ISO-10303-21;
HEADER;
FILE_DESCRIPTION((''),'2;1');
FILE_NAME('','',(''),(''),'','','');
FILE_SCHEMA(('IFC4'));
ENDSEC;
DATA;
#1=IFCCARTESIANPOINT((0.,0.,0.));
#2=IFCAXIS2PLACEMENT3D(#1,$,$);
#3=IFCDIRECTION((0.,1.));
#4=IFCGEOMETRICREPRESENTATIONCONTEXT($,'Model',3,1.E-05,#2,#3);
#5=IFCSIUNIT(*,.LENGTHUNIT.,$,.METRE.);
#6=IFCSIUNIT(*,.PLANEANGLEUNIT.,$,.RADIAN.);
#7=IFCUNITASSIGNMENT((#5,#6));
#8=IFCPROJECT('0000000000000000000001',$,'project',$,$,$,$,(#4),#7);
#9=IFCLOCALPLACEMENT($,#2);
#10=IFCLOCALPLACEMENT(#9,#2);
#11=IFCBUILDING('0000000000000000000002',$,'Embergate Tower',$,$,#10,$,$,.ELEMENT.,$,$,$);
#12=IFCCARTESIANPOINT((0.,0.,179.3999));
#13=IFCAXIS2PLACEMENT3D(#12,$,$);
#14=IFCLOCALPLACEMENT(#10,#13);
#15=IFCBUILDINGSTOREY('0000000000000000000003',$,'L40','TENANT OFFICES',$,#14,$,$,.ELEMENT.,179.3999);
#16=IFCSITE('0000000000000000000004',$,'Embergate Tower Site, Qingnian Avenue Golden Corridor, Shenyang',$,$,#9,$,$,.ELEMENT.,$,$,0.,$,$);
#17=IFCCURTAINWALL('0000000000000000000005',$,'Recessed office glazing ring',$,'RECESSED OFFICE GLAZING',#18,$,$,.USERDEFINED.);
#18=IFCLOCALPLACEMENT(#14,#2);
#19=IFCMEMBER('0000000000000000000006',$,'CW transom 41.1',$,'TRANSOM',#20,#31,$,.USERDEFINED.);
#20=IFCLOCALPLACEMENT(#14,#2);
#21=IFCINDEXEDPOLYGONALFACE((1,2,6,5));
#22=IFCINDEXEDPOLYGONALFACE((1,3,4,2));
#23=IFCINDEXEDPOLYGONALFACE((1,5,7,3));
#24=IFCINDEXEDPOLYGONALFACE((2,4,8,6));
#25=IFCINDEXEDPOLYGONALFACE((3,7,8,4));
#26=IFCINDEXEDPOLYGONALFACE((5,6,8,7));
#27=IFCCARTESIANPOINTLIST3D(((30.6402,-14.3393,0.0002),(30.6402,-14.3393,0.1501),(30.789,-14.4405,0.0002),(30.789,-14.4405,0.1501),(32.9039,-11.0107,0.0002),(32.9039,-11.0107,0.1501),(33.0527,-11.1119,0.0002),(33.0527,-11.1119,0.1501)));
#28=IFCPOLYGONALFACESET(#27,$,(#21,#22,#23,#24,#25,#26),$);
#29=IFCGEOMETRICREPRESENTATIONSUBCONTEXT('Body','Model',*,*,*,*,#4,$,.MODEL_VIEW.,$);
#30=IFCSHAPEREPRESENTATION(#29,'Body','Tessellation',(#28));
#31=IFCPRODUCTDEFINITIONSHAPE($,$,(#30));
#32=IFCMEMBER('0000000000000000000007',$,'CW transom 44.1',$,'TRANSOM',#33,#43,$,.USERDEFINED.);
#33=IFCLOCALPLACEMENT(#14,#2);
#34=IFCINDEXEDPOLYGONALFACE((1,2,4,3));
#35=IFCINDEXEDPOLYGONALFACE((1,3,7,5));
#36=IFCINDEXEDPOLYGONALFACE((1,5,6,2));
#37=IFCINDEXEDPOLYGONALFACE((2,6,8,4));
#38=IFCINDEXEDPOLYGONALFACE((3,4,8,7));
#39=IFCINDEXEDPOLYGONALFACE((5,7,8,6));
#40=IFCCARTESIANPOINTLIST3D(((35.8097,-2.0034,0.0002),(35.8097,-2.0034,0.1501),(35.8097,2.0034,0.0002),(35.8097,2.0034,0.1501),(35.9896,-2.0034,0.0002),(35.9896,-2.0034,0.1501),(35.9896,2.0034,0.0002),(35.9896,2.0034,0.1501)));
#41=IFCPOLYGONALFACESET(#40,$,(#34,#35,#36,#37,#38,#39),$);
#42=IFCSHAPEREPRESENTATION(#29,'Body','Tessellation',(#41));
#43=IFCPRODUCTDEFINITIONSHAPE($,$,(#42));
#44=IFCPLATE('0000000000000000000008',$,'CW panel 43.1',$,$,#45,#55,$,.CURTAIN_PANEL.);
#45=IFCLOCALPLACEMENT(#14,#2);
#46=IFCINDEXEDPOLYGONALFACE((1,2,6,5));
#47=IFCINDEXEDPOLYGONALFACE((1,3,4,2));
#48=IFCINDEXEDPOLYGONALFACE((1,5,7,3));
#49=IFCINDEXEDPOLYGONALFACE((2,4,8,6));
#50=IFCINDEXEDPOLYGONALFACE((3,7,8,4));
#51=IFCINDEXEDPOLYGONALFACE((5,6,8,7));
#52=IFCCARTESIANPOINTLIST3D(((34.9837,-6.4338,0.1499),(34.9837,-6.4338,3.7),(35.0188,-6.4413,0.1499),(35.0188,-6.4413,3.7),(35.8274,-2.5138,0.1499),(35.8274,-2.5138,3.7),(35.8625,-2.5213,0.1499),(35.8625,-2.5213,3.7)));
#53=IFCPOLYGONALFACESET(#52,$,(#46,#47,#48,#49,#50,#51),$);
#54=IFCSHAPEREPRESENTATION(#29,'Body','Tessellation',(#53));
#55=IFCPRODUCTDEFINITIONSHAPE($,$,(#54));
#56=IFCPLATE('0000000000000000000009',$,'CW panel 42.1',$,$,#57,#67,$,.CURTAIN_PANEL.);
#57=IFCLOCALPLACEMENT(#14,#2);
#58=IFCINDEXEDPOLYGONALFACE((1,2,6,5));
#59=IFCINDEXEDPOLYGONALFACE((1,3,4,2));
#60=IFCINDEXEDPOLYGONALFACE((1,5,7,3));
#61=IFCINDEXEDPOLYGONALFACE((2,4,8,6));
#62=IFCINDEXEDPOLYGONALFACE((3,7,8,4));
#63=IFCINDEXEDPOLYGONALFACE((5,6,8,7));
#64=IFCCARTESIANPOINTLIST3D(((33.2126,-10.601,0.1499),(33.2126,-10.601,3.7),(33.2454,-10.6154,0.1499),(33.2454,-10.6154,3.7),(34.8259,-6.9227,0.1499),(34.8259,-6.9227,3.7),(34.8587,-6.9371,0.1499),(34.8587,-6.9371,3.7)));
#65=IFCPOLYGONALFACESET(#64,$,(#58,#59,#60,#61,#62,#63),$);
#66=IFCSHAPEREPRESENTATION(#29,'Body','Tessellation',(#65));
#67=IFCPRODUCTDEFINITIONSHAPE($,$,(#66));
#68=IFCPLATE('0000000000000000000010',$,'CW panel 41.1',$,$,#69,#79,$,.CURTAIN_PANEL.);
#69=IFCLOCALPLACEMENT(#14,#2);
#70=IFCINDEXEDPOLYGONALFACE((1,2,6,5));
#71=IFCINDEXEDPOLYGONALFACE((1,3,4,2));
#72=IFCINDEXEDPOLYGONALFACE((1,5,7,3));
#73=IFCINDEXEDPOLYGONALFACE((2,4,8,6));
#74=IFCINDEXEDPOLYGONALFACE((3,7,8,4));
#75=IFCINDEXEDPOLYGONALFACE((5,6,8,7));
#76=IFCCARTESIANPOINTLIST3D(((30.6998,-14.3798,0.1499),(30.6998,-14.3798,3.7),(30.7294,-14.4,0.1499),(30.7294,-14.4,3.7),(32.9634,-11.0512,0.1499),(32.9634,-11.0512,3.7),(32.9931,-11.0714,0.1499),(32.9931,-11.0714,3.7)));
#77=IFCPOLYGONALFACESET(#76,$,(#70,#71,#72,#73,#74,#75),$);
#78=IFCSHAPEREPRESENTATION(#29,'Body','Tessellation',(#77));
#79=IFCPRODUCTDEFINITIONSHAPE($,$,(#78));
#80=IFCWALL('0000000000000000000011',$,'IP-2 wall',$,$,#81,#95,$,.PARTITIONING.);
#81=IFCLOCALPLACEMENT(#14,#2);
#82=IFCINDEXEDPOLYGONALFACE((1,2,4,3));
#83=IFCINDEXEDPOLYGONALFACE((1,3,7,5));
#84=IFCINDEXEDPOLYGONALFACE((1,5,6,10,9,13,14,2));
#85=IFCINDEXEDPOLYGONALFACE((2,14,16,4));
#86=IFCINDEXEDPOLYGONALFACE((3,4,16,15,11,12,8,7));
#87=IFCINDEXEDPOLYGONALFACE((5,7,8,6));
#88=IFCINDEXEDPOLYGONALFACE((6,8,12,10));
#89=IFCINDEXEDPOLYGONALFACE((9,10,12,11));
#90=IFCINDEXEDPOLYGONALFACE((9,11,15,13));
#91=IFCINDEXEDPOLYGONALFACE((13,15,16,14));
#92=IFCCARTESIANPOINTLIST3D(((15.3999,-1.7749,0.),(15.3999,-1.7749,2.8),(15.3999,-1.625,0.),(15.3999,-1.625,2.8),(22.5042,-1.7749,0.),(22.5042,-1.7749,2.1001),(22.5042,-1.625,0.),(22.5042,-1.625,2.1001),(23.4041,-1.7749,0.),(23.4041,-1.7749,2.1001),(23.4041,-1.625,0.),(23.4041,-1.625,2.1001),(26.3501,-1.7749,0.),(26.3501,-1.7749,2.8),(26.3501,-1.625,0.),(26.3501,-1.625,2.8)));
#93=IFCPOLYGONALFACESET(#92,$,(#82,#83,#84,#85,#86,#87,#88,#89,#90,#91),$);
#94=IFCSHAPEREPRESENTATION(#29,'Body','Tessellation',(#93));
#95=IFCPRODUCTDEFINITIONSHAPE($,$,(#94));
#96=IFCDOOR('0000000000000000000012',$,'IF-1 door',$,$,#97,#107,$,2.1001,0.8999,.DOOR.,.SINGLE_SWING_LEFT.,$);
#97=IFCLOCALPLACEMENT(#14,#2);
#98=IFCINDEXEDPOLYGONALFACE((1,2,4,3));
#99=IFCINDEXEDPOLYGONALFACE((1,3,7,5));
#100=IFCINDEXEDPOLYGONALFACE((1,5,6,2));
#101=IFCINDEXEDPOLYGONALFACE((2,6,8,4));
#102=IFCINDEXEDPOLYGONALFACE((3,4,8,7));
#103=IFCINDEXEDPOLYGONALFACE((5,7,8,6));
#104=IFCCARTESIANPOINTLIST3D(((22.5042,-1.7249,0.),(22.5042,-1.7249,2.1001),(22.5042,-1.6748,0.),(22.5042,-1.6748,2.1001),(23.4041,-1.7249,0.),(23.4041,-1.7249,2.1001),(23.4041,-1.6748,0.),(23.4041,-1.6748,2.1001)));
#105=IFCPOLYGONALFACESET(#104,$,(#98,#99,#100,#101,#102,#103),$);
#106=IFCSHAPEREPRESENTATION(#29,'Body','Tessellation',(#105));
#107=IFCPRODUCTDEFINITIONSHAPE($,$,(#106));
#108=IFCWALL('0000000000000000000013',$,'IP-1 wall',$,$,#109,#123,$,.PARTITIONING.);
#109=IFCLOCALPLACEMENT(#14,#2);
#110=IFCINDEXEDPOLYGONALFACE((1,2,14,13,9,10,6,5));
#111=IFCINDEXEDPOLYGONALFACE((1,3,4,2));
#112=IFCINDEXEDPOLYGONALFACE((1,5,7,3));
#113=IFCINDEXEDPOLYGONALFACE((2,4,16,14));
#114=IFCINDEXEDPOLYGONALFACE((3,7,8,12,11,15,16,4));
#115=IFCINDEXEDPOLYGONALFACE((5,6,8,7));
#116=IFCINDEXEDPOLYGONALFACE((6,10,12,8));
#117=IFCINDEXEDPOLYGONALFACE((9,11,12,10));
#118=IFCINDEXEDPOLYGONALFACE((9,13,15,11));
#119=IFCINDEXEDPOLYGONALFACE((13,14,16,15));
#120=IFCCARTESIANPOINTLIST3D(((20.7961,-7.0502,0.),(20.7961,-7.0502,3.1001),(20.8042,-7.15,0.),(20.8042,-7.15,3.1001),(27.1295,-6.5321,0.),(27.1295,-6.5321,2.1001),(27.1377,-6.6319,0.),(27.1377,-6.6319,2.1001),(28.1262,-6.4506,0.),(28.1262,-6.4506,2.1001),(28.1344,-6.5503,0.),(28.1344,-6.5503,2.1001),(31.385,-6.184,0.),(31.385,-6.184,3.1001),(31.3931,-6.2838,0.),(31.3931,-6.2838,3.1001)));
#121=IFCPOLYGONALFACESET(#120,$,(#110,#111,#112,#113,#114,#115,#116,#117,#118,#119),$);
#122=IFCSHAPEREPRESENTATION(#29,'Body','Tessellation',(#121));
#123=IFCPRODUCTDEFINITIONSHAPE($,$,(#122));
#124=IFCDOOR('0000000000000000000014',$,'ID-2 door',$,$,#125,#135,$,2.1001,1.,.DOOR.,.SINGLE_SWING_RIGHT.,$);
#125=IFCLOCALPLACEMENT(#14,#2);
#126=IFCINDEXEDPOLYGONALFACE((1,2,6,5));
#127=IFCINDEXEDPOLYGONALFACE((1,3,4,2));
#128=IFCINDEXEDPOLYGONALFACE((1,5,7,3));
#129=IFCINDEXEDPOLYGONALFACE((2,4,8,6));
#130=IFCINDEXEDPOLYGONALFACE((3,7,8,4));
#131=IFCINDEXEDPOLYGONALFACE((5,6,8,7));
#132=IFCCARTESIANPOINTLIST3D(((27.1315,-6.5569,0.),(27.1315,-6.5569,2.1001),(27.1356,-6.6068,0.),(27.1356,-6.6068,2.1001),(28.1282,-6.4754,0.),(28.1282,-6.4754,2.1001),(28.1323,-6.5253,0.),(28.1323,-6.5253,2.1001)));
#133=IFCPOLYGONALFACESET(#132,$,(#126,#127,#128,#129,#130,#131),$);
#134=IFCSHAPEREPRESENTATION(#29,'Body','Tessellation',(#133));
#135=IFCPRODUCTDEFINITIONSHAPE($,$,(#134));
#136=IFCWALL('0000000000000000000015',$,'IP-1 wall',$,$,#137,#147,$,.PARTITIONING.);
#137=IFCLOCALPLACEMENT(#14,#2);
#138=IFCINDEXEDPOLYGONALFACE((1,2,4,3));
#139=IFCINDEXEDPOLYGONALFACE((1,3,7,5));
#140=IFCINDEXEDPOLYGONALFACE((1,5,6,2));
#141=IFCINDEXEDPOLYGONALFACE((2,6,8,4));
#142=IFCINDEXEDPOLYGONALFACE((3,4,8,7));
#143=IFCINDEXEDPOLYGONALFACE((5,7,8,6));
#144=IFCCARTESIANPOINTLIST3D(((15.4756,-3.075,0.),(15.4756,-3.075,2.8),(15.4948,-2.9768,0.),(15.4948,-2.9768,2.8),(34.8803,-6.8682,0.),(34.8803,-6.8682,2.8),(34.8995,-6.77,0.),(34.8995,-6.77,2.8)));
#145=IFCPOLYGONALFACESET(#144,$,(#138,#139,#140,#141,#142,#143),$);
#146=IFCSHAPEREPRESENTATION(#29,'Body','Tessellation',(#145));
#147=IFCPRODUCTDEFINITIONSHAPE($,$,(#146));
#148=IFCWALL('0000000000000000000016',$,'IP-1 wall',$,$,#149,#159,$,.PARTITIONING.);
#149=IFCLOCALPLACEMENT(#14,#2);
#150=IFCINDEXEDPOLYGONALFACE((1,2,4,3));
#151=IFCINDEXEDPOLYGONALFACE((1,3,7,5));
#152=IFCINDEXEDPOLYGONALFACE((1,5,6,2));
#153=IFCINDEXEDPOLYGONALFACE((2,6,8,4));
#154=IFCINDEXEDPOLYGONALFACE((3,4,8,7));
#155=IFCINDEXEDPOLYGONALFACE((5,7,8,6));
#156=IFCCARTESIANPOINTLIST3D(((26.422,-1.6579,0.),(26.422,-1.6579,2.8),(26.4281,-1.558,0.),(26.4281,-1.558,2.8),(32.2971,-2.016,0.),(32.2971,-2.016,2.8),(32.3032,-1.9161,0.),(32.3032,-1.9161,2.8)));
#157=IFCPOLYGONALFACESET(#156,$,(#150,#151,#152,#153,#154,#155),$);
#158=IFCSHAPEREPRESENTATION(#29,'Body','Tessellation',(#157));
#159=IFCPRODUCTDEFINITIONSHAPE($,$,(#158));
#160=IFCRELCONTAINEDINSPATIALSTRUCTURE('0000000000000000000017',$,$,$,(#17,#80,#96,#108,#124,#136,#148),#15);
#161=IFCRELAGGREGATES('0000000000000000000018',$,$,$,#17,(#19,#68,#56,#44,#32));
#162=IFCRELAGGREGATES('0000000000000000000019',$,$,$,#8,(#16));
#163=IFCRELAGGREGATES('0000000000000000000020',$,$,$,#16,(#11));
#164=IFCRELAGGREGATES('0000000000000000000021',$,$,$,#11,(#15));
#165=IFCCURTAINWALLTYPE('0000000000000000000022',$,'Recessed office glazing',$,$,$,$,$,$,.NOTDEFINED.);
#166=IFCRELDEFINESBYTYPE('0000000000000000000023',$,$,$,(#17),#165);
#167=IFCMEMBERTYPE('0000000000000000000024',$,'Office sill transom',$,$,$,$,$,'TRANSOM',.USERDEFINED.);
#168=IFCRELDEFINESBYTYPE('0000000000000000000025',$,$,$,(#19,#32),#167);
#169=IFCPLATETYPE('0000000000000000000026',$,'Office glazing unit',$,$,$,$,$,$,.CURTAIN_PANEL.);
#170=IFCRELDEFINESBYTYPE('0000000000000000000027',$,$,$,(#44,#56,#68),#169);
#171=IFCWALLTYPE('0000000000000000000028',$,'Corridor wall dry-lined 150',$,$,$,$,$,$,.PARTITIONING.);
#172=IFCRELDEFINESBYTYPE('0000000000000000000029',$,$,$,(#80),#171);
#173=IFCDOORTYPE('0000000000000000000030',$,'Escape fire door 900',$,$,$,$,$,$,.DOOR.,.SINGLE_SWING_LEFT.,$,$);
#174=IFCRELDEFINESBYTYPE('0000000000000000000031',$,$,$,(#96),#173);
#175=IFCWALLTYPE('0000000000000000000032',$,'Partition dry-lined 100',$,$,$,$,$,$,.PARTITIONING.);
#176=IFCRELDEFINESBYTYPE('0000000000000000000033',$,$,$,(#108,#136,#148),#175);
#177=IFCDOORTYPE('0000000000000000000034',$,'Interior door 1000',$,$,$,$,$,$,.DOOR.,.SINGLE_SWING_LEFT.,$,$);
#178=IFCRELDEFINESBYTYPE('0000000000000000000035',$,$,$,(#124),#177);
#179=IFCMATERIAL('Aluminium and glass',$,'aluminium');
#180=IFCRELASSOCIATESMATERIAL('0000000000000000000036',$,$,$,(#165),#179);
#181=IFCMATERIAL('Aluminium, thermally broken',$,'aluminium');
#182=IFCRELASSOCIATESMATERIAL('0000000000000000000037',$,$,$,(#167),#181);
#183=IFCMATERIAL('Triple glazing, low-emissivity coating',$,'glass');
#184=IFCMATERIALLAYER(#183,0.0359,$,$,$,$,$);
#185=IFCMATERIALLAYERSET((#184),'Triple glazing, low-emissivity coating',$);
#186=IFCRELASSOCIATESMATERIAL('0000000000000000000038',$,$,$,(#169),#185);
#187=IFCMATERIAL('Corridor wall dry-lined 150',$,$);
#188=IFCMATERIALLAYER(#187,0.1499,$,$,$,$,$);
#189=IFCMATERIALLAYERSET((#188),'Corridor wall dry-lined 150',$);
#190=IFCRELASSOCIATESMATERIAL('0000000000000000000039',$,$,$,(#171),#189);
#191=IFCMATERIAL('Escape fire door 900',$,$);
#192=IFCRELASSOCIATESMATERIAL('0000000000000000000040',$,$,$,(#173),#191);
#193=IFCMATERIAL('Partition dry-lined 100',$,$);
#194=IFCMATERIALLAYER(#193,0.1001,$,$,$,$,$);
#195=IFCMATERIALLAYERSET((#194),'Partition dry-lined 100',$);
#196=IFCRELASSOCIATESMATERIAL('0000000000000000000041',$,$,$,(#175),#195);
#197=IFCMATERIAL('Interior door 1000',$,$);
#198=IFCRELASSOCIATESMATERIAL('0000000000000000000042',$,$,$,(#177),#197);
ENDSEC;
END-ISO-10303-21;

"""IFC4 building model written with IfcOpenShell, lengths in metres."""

from ifc_helpers import new_model, si_unit, direction, frame, frame_2d, origin, origin_2d, place, context, subcontext, project, spatial, rectangle, extrude, source, transform, mapped, material, layer, layer_set, material_profile, profile_set, type_object, element, fill, aggregate, save


model = new_model("IFC4")

# Units and contexts
model_context = context("Model", 3, precision=1e-05, world=origin(), true_north=direction((0.0, 1.0)))
body_context = subcontext(model_context, "Body", "Model", "MODEL_VIEW")
ifc_project = project(units=[si_unit("LENGTHUNIT", "METRE"), si_unit("PLANEANGLEUNIT", "RADIAN")], contexts=[model_context])

# Site, building, storey
site_placement = place(None, origin())
site = spatial("IfcSite", under=ifc_project, at=site_placement, Name="Embergate Tower Site, Qingnian Avenue Golden Corridor, Shenyang", CompositionType="ELEMENT", RefElevation=0.0)
building_placement = place(site_placement, origin())
building = spatial("IfcBuilding", under=site, at=building_placement, Name="Embergate Tower", CompositionType="ELEMENT")
storey_placement = place(building_placement, frame((0.0, 0.0, 179.3999)))
storey = spatial("IfcBuildingStorey", under=building, at=storey_placement, Name="L40", Description="TENANT OFFICES", CompositionType="ELEMENT", Elevation=179.3999)

# Curtain wall, members, plates
ifc_material_1 = material(Name="Aluminium and glass", Category="aluminium")
curtain_wall_type = type_object("IfcCurtainWallType", Name="Recessed office glazing", PredefinedType="NOTDEFINED", material=ifc_material_1)
curtain_wall_placement = place(storey_placement, origin())
curtain_wall = element("IfcCurtainWall", 1, at=curtain_wall_placement, inside=storey, type_object=curtain_wall_type, Name="Recessed office glazing ring", ObjectType="RECESSED OFFICE GLAZING", PredefinedType="USERDEFINED")
ifc_material_2 = material(Name="Aluminium, thermally broken", Category="aluminium")
ifc_material_profile_1 = material_profile(ifc_material_2, rectangle(XDim=0.1799, YDim=0.1499, at=origin_2d()), Name="AL 150x180")
ifc_profile_set_1 = profile_set([ifc_material_profile_1], Name="Aluminium, thermally broken")
member_type_1 = type_object("IfcMemberType", Name="Office sill transom", ElementType="TRANSOM", PredefinedType="USERDEFINED", material=ifc_profile_set_1)
shared_shape_1 = source(origin(), body_context, "Body", "SweptSolid", [
    extrude(rectangle(XDim=0.1799, YDim=0.1499, at=origin_2d()), origin(), (0.0, 0.0, 1.0), 4.0254),
])
member_1_placement = place(storey_placement, frame((30.7146, -14.3899, 0.0752), z_axis=(0.562347, 0.826902, 0.0), x_axis=(-0.826902, 0.562347, 0.0)))
member_1 = element("IfcMember", 2, at=member_1_placement, type_object=member_type_1, Name="CW transom 41.1", ObjectType="TRANSOM", PredefinedType="USERDEFINED", context=body_context, shape_type="MappedRepresentation", body=[
    mapped(shared_shape_1, transform((0.0, 0.0, 0.0))),
])
shared_shape_2 = source(origin(), body_context, "Body", "SweptSolid", [
    extrude(rectangle(XDim=0.1799, YDim=0.1499, at=origin_2d()), origin(), (0.0, 0.0, 1.0), 4.0068),
])
member_2_placement = place(storey_placement, frame((35.8997, -2.0034, 0.0752), z_axis=(0.0, 1.0, 0.0), x_axis=(-1.0, 0.0, 0.0)))
member_2 = element("IfcMember", 3, at=member_2_placement, type_object=member_type_1, Name="CW transom 44.1", ObjectType="TRANSOM", PredefinedType="USERDEFINED", context=body_context, shape_type="MappedRepresentation", body=[
    mapped(shared_shape_2, transform((0.0, 0.0, 0.0))),
])
ifc_material_3 = material(Name="Triple glazing, low-emissivity coating", Category="glass")
ifc_layer_1 = layer(ifc_material_3, 0.0359)
ifc_layer_set_1 = layer_set([ifc_layer_1], Name="Triple glazing, low-emissivity coating")
plate_type = type_object("IfcPlateType", Name="Office glazing unit", PredefinedType="CURTAIN_PANEL", material=ifc_layer_set_1)
shared_shape_3 = source(origin(), body_context, "Body", "SweptSolid", [
    extrude(rectangle(XDim=4.0098, YDim=0.0359, at=origin_2d()), origin(), (0.0, 0.0, 1.0), 3.55),
])
plate_1_placement = place(storey_placement, frame((35.4231, -4.4775, 0.1499), z_axis=(0.0, 0.0, 1.0), x_axis=(0.210402, 0.977615, 0.0)))
plate_1 = element("IfcPlate", 4, at=plate_1_placement, type_object=plate_type, Name="CW panel 43.1", PredefinedType="CURTAIN_PANEL", context=body_context, shape_type="MappedRepresentation", body=[
    mapped(shared_shape_3, transform((0.0, 0.0, 0.0))),
])
shared_shape_4 = source(origin(), body_context, "Body", "SweptSolid", [
    extrude(rectangle(XDim=4.0166, YDim=0.0359, at=origin_2d()), origin(), (0.0, 0.0, 1.0), 3.55),
])
plate_2_placement = place(storey_placement, frame((34.0356, -8.769, 0.1499), z_axis=(0.0, 0.0, 1.0), x_axis=(0.401658, 0.91579, 0.0)))
plate_2 = element("IfcPlate", 5, at=plate_2_placement, type_object=plate_type, Name="CW panel 42.1", PredefinedType="CURTAIN_PANEL", context=body_context, shape_type="MappedRepresentation", body=[
    mapped(shared_shape_4, transform((0.0, 0.0, 0.0))),
])
shared_shape_5 = source(origin(), body_context, "Body", "SweptSolid", [
    extrude(rectangle(XDim=4.0254, YDim=0.0359, at=origin_2d()), origin(), (0.0, 0.0, 1.0), 3.55),
])
plate_3_placement = place(storey_placement, frame((31.8464, -12.7256, 0.1499), z_axis=(0.0, 0.0, 1.0), x_axis=(0.562348, 0.826901, 0.0)))
plate_3 = element("IfcPlate", 6, at=plate_3_placement, type_object=plate_type, Name="CW panel 41.1", PredefinedType="CURTAIN_PANEL", context=body_context, shape_type="MappedRepresentation", body=[
    mapped(shared_shape_5, transform((0.0, 0.0, 0.0))),
])
aggregate(curtain_wall, [member_1, plate_3, plate_2, plate_1, member_2])

# Walls, openings, doors
ifc_material_4 = material(Name="Corridor wall dry-lined 150")
ifc_layer_2 = layer(ifc_material_4, 0.1499)
ifc_layer_set_2 = layer_set([ifc_layer_2], Name="Corridor wall dry-lined 150")
wall_type_1 = type_object("IfcWallType", Name="Corridor wall dry-lined 150", PredefinedType="PARTITIONING", material=ifc_layer_set_2)
shared_shape_6 = source(origin(), body_context, "Body", "SweptSolid", [
    extrude(rectangle(XDim=10.9502, YDim=0.1499, at=frame_2d((5.4751, 0.0))), origin(), (0.0, 0.0, 1.0), 2.8),
])
wall_1_placement = place(storey_placement, frame((26.3501, -1.7, 0.0), z_axis=(0.0, 0.0, 1.0), x_axis=(-1.0, 0.0, 0.0)))
wall_1 = element("IfcWall", 7, at=wall_1_placement, inside=storey, type_object=wall_type_1, Name="IP-2 wall", PredefinedType="PARTITIONING", context=body_context, shape_type="MappedRepresentation", body=[
    mapped(shared_shape_6, transform((0.0, 0.0, 0.0))),
])
shared_shape_7 = source(origin(), body_context, "Body", "SweptSolid", [
    extrude(rectangle(XDim=0.8999, YDim=2.1001, at=frame_2d((0.45, 1.05))), frame((0.0, 0.085, 0.0), z_axis=(0.0, -1.0, 0.0), x_axis=(1.0, 0.0, 0.0)), (0.0, 0.0, 1.0), 0.1699),
])
opening_1_placement = place(wall_1_placement, frame((2.946, 0.0, 0.0)))
opening_1 = element("IfcOpeningElement", 8, at=opening_1_placement, cuts=wall_1, PredefinedType="OPENING", context=body_context, shape_type="MappedRepresentation", body=[
    mapped(shared_shape_7, transform((0.0, 0.0, 0.0))),
])
ifc_material_5 = material(Name="Escape fire door 900")
door_type_1 = type_object("IfcDoorType", Name="Escape fire door 900", OperationType="SINGLE_SWING_LEFT", PredefinedType="DOOR", material=ifc_material_5)
shared_shape_8 = source(origin(), body_context, "Body", "SweptSolid", [
    extrude(rectangle(XDim=0.8999, YDim=2.1001, at=frame_2d((0.45, 1.05))), frame((0.0, 0.0249, 0.0), z_axis=(0.0, -1.0, 0.0), x_axis=(1.0, 0.0, 0.0)), (0.0, 0.0, 1.0), 0.05),
])
door_1_placement = place(opening_1_placement, origin())
door_1 = element("IfcDoor", 9, at=door_1_placement, inside=storey, type_object=door_type_1, Name="IF-1 door", OperationType="SINGLE_SWING_LEFT", OverallHeight=2.1001, OverallWidth=0.8999, PredefinedType="DOOR", context=body_context, shape_type="MappedRepresentation", body=[
    mapped(shared_shape_8, transform((0.0, 0.0, 0.0))),
])
fill(opening_1, door_1)
ifc_material_6 = material(Name="Partition dry-lined 100")
ifc_layer_3 = layer(ifc_material_6, 0.1001)
ifc_layer_set_3 = layer_set([ifc_layer_3], Name="Partition dry-lined 100")
wall_type_2 = type_object("IfcWallType", Name="Partition dry-lined 100", PredefinedType="PARTITIONING", material=ifc_layer_set_3)
shared_shape_9 = source(origin(), body_context, "Body", "SweptSolid", [
    extrude(rectangle(XDim=10.6243, YDim=0.1001, at=frame_2d((5.312, 0.0))), origin(), (0.0, 0.0, 1.0), 3.1001),
])
wall_2_placement = place(storey_placement, frame((31.3889, -6.2339, 0.0), z_axis=(0.0, 0.0, 1.0), x_axis=(-0.996671, -0.081532, 0.0)))
wall_2 = element("IfcWall", 10, at=wall_2_placement, inside=storey, type_object=wall_type_2, Name="IP-1 wall", PredefinedType="PARTITIONING", context=body_context, shape_type="MappedRepresentation", body=[
    mapped(shared_shape_9, transform((0.0, 0.0, 0.0))),
])
shared_shape_10 = source(origin(), body_context, "Body", "SweptSolid", [
    extrude(rectangle(XDim=1.0, YDim=2.1001, at=frame_2d((0.5, 1.05))), frame((0.0, 0.0601, 0.0), z_axis=(0.0, -1.0, 0.0), x_axis=(1.0, 0.0, 0.0)), (0.0, 0.0, 1.0), 0.1201),
])
opening_2_placement = place(wall_2_placement, frame((3.2695, 0.0, 0.0)))
opening_2 = element("IfcOpeningElement", 11, at=opening_2_placement, cuts=wall_2, PredefinedType="OPENING", context=body_context, shape_type="MappedRepresentation", body=[
    mapped(shared_shape_10, transform((0.0, 0.0, 0.0))),
])
ifc_material_7 = material(Name="Interior door 1000")
door_type_2 = type_object("IfcDoorType", Name="Interior door 1000", OperationType="SINGLE_SWING_LEFT", PredefinedType="DOOR", material=ifc_material_7)
shared_shape_11 = source(origin(), body_context, "Body", "SweptSolid", [
    extrude(rectangle(XDim=1.0, YDim=2.1001, at=frame_2d((0.5, 1.05))), frame((0.0, 0.0249, 0.0), z_axis=(0.0, -1.0, 0.0), x_axis=(1.0, 0.0, 0.0)), (0.0, 0.0, 1.0), 0.05),
])
door_2_placement = place(opening_2_placement, origin())
door_2 = element("IfcDoor", 12, at=door_2_placement, inside=storey, type_object=door_type_2, Name="ID-2 door", OperationType="SINGLE_SWING_RIGHT", OverallHeight=2.1001, OverallWidth=1.0, PredefinedType="DOOR", context=body_context, shape_type="MappedRepresentation", body=[
    mapped(shared_shape_11, transform((0.0, 0.0, 0.0))),
])
fill(opening_2, door_2)

# Walls
shared_shape_12 = source(origin(), body_context, "Body", "SweptSolid", [
    extrude(rectangle(XDim=19.772, YDim=0.1001, at=frame_2d((9.886, 0.0))), origin(), (0.0, 0.0, 1.0), 2.8),
])
wall_3_placement = place(storey_placement, frame((34.8899, -6.8191, 0.0), z_axis=(0.0, 0.0, 1.0), x_axis=(-0.981425, 0.191847, 0.0)))
element("IfcWall", 13, at=wall_3_placement, inside=storey, type_object=wall_type_2, Name="IP-1 wall", PredefinedType="PARTITIONING", context=body_context, shape_type="MappedRepresentation", body=[
    mapped(shared_shape_12, transform((0.0, 0.0, 0.0))),
])
shared_shape_13 = source(origin(), body_context, "Body", "SweptSolid", [
    extrude(rectangle(XDim=5.886, YDim=0.1001, at=frame_2d((2.9429, 0.0))), origin(), (0.0, 0.0, 1.0), 2.8),
])
wall_4_placement = place(storey_placement, frame((32.3, -1.9661, 0.0), z_axis=(0.0, 0.0, 1.0), x_axis=(-0.998147, 0.060849, 0.0)))
element("IfcWall", 14, at=wall_4_placement, inside=storey, type_object=wall_type_2, Name="IP-1 wall", PredefinedType="PARTITIONING", context=body_context, shape_type="MappedRepresentation", body=[
    mapped(shared_shape_13, transform((0.0, 0.0, 0.0))),
])

save(model, "model.ifc")
